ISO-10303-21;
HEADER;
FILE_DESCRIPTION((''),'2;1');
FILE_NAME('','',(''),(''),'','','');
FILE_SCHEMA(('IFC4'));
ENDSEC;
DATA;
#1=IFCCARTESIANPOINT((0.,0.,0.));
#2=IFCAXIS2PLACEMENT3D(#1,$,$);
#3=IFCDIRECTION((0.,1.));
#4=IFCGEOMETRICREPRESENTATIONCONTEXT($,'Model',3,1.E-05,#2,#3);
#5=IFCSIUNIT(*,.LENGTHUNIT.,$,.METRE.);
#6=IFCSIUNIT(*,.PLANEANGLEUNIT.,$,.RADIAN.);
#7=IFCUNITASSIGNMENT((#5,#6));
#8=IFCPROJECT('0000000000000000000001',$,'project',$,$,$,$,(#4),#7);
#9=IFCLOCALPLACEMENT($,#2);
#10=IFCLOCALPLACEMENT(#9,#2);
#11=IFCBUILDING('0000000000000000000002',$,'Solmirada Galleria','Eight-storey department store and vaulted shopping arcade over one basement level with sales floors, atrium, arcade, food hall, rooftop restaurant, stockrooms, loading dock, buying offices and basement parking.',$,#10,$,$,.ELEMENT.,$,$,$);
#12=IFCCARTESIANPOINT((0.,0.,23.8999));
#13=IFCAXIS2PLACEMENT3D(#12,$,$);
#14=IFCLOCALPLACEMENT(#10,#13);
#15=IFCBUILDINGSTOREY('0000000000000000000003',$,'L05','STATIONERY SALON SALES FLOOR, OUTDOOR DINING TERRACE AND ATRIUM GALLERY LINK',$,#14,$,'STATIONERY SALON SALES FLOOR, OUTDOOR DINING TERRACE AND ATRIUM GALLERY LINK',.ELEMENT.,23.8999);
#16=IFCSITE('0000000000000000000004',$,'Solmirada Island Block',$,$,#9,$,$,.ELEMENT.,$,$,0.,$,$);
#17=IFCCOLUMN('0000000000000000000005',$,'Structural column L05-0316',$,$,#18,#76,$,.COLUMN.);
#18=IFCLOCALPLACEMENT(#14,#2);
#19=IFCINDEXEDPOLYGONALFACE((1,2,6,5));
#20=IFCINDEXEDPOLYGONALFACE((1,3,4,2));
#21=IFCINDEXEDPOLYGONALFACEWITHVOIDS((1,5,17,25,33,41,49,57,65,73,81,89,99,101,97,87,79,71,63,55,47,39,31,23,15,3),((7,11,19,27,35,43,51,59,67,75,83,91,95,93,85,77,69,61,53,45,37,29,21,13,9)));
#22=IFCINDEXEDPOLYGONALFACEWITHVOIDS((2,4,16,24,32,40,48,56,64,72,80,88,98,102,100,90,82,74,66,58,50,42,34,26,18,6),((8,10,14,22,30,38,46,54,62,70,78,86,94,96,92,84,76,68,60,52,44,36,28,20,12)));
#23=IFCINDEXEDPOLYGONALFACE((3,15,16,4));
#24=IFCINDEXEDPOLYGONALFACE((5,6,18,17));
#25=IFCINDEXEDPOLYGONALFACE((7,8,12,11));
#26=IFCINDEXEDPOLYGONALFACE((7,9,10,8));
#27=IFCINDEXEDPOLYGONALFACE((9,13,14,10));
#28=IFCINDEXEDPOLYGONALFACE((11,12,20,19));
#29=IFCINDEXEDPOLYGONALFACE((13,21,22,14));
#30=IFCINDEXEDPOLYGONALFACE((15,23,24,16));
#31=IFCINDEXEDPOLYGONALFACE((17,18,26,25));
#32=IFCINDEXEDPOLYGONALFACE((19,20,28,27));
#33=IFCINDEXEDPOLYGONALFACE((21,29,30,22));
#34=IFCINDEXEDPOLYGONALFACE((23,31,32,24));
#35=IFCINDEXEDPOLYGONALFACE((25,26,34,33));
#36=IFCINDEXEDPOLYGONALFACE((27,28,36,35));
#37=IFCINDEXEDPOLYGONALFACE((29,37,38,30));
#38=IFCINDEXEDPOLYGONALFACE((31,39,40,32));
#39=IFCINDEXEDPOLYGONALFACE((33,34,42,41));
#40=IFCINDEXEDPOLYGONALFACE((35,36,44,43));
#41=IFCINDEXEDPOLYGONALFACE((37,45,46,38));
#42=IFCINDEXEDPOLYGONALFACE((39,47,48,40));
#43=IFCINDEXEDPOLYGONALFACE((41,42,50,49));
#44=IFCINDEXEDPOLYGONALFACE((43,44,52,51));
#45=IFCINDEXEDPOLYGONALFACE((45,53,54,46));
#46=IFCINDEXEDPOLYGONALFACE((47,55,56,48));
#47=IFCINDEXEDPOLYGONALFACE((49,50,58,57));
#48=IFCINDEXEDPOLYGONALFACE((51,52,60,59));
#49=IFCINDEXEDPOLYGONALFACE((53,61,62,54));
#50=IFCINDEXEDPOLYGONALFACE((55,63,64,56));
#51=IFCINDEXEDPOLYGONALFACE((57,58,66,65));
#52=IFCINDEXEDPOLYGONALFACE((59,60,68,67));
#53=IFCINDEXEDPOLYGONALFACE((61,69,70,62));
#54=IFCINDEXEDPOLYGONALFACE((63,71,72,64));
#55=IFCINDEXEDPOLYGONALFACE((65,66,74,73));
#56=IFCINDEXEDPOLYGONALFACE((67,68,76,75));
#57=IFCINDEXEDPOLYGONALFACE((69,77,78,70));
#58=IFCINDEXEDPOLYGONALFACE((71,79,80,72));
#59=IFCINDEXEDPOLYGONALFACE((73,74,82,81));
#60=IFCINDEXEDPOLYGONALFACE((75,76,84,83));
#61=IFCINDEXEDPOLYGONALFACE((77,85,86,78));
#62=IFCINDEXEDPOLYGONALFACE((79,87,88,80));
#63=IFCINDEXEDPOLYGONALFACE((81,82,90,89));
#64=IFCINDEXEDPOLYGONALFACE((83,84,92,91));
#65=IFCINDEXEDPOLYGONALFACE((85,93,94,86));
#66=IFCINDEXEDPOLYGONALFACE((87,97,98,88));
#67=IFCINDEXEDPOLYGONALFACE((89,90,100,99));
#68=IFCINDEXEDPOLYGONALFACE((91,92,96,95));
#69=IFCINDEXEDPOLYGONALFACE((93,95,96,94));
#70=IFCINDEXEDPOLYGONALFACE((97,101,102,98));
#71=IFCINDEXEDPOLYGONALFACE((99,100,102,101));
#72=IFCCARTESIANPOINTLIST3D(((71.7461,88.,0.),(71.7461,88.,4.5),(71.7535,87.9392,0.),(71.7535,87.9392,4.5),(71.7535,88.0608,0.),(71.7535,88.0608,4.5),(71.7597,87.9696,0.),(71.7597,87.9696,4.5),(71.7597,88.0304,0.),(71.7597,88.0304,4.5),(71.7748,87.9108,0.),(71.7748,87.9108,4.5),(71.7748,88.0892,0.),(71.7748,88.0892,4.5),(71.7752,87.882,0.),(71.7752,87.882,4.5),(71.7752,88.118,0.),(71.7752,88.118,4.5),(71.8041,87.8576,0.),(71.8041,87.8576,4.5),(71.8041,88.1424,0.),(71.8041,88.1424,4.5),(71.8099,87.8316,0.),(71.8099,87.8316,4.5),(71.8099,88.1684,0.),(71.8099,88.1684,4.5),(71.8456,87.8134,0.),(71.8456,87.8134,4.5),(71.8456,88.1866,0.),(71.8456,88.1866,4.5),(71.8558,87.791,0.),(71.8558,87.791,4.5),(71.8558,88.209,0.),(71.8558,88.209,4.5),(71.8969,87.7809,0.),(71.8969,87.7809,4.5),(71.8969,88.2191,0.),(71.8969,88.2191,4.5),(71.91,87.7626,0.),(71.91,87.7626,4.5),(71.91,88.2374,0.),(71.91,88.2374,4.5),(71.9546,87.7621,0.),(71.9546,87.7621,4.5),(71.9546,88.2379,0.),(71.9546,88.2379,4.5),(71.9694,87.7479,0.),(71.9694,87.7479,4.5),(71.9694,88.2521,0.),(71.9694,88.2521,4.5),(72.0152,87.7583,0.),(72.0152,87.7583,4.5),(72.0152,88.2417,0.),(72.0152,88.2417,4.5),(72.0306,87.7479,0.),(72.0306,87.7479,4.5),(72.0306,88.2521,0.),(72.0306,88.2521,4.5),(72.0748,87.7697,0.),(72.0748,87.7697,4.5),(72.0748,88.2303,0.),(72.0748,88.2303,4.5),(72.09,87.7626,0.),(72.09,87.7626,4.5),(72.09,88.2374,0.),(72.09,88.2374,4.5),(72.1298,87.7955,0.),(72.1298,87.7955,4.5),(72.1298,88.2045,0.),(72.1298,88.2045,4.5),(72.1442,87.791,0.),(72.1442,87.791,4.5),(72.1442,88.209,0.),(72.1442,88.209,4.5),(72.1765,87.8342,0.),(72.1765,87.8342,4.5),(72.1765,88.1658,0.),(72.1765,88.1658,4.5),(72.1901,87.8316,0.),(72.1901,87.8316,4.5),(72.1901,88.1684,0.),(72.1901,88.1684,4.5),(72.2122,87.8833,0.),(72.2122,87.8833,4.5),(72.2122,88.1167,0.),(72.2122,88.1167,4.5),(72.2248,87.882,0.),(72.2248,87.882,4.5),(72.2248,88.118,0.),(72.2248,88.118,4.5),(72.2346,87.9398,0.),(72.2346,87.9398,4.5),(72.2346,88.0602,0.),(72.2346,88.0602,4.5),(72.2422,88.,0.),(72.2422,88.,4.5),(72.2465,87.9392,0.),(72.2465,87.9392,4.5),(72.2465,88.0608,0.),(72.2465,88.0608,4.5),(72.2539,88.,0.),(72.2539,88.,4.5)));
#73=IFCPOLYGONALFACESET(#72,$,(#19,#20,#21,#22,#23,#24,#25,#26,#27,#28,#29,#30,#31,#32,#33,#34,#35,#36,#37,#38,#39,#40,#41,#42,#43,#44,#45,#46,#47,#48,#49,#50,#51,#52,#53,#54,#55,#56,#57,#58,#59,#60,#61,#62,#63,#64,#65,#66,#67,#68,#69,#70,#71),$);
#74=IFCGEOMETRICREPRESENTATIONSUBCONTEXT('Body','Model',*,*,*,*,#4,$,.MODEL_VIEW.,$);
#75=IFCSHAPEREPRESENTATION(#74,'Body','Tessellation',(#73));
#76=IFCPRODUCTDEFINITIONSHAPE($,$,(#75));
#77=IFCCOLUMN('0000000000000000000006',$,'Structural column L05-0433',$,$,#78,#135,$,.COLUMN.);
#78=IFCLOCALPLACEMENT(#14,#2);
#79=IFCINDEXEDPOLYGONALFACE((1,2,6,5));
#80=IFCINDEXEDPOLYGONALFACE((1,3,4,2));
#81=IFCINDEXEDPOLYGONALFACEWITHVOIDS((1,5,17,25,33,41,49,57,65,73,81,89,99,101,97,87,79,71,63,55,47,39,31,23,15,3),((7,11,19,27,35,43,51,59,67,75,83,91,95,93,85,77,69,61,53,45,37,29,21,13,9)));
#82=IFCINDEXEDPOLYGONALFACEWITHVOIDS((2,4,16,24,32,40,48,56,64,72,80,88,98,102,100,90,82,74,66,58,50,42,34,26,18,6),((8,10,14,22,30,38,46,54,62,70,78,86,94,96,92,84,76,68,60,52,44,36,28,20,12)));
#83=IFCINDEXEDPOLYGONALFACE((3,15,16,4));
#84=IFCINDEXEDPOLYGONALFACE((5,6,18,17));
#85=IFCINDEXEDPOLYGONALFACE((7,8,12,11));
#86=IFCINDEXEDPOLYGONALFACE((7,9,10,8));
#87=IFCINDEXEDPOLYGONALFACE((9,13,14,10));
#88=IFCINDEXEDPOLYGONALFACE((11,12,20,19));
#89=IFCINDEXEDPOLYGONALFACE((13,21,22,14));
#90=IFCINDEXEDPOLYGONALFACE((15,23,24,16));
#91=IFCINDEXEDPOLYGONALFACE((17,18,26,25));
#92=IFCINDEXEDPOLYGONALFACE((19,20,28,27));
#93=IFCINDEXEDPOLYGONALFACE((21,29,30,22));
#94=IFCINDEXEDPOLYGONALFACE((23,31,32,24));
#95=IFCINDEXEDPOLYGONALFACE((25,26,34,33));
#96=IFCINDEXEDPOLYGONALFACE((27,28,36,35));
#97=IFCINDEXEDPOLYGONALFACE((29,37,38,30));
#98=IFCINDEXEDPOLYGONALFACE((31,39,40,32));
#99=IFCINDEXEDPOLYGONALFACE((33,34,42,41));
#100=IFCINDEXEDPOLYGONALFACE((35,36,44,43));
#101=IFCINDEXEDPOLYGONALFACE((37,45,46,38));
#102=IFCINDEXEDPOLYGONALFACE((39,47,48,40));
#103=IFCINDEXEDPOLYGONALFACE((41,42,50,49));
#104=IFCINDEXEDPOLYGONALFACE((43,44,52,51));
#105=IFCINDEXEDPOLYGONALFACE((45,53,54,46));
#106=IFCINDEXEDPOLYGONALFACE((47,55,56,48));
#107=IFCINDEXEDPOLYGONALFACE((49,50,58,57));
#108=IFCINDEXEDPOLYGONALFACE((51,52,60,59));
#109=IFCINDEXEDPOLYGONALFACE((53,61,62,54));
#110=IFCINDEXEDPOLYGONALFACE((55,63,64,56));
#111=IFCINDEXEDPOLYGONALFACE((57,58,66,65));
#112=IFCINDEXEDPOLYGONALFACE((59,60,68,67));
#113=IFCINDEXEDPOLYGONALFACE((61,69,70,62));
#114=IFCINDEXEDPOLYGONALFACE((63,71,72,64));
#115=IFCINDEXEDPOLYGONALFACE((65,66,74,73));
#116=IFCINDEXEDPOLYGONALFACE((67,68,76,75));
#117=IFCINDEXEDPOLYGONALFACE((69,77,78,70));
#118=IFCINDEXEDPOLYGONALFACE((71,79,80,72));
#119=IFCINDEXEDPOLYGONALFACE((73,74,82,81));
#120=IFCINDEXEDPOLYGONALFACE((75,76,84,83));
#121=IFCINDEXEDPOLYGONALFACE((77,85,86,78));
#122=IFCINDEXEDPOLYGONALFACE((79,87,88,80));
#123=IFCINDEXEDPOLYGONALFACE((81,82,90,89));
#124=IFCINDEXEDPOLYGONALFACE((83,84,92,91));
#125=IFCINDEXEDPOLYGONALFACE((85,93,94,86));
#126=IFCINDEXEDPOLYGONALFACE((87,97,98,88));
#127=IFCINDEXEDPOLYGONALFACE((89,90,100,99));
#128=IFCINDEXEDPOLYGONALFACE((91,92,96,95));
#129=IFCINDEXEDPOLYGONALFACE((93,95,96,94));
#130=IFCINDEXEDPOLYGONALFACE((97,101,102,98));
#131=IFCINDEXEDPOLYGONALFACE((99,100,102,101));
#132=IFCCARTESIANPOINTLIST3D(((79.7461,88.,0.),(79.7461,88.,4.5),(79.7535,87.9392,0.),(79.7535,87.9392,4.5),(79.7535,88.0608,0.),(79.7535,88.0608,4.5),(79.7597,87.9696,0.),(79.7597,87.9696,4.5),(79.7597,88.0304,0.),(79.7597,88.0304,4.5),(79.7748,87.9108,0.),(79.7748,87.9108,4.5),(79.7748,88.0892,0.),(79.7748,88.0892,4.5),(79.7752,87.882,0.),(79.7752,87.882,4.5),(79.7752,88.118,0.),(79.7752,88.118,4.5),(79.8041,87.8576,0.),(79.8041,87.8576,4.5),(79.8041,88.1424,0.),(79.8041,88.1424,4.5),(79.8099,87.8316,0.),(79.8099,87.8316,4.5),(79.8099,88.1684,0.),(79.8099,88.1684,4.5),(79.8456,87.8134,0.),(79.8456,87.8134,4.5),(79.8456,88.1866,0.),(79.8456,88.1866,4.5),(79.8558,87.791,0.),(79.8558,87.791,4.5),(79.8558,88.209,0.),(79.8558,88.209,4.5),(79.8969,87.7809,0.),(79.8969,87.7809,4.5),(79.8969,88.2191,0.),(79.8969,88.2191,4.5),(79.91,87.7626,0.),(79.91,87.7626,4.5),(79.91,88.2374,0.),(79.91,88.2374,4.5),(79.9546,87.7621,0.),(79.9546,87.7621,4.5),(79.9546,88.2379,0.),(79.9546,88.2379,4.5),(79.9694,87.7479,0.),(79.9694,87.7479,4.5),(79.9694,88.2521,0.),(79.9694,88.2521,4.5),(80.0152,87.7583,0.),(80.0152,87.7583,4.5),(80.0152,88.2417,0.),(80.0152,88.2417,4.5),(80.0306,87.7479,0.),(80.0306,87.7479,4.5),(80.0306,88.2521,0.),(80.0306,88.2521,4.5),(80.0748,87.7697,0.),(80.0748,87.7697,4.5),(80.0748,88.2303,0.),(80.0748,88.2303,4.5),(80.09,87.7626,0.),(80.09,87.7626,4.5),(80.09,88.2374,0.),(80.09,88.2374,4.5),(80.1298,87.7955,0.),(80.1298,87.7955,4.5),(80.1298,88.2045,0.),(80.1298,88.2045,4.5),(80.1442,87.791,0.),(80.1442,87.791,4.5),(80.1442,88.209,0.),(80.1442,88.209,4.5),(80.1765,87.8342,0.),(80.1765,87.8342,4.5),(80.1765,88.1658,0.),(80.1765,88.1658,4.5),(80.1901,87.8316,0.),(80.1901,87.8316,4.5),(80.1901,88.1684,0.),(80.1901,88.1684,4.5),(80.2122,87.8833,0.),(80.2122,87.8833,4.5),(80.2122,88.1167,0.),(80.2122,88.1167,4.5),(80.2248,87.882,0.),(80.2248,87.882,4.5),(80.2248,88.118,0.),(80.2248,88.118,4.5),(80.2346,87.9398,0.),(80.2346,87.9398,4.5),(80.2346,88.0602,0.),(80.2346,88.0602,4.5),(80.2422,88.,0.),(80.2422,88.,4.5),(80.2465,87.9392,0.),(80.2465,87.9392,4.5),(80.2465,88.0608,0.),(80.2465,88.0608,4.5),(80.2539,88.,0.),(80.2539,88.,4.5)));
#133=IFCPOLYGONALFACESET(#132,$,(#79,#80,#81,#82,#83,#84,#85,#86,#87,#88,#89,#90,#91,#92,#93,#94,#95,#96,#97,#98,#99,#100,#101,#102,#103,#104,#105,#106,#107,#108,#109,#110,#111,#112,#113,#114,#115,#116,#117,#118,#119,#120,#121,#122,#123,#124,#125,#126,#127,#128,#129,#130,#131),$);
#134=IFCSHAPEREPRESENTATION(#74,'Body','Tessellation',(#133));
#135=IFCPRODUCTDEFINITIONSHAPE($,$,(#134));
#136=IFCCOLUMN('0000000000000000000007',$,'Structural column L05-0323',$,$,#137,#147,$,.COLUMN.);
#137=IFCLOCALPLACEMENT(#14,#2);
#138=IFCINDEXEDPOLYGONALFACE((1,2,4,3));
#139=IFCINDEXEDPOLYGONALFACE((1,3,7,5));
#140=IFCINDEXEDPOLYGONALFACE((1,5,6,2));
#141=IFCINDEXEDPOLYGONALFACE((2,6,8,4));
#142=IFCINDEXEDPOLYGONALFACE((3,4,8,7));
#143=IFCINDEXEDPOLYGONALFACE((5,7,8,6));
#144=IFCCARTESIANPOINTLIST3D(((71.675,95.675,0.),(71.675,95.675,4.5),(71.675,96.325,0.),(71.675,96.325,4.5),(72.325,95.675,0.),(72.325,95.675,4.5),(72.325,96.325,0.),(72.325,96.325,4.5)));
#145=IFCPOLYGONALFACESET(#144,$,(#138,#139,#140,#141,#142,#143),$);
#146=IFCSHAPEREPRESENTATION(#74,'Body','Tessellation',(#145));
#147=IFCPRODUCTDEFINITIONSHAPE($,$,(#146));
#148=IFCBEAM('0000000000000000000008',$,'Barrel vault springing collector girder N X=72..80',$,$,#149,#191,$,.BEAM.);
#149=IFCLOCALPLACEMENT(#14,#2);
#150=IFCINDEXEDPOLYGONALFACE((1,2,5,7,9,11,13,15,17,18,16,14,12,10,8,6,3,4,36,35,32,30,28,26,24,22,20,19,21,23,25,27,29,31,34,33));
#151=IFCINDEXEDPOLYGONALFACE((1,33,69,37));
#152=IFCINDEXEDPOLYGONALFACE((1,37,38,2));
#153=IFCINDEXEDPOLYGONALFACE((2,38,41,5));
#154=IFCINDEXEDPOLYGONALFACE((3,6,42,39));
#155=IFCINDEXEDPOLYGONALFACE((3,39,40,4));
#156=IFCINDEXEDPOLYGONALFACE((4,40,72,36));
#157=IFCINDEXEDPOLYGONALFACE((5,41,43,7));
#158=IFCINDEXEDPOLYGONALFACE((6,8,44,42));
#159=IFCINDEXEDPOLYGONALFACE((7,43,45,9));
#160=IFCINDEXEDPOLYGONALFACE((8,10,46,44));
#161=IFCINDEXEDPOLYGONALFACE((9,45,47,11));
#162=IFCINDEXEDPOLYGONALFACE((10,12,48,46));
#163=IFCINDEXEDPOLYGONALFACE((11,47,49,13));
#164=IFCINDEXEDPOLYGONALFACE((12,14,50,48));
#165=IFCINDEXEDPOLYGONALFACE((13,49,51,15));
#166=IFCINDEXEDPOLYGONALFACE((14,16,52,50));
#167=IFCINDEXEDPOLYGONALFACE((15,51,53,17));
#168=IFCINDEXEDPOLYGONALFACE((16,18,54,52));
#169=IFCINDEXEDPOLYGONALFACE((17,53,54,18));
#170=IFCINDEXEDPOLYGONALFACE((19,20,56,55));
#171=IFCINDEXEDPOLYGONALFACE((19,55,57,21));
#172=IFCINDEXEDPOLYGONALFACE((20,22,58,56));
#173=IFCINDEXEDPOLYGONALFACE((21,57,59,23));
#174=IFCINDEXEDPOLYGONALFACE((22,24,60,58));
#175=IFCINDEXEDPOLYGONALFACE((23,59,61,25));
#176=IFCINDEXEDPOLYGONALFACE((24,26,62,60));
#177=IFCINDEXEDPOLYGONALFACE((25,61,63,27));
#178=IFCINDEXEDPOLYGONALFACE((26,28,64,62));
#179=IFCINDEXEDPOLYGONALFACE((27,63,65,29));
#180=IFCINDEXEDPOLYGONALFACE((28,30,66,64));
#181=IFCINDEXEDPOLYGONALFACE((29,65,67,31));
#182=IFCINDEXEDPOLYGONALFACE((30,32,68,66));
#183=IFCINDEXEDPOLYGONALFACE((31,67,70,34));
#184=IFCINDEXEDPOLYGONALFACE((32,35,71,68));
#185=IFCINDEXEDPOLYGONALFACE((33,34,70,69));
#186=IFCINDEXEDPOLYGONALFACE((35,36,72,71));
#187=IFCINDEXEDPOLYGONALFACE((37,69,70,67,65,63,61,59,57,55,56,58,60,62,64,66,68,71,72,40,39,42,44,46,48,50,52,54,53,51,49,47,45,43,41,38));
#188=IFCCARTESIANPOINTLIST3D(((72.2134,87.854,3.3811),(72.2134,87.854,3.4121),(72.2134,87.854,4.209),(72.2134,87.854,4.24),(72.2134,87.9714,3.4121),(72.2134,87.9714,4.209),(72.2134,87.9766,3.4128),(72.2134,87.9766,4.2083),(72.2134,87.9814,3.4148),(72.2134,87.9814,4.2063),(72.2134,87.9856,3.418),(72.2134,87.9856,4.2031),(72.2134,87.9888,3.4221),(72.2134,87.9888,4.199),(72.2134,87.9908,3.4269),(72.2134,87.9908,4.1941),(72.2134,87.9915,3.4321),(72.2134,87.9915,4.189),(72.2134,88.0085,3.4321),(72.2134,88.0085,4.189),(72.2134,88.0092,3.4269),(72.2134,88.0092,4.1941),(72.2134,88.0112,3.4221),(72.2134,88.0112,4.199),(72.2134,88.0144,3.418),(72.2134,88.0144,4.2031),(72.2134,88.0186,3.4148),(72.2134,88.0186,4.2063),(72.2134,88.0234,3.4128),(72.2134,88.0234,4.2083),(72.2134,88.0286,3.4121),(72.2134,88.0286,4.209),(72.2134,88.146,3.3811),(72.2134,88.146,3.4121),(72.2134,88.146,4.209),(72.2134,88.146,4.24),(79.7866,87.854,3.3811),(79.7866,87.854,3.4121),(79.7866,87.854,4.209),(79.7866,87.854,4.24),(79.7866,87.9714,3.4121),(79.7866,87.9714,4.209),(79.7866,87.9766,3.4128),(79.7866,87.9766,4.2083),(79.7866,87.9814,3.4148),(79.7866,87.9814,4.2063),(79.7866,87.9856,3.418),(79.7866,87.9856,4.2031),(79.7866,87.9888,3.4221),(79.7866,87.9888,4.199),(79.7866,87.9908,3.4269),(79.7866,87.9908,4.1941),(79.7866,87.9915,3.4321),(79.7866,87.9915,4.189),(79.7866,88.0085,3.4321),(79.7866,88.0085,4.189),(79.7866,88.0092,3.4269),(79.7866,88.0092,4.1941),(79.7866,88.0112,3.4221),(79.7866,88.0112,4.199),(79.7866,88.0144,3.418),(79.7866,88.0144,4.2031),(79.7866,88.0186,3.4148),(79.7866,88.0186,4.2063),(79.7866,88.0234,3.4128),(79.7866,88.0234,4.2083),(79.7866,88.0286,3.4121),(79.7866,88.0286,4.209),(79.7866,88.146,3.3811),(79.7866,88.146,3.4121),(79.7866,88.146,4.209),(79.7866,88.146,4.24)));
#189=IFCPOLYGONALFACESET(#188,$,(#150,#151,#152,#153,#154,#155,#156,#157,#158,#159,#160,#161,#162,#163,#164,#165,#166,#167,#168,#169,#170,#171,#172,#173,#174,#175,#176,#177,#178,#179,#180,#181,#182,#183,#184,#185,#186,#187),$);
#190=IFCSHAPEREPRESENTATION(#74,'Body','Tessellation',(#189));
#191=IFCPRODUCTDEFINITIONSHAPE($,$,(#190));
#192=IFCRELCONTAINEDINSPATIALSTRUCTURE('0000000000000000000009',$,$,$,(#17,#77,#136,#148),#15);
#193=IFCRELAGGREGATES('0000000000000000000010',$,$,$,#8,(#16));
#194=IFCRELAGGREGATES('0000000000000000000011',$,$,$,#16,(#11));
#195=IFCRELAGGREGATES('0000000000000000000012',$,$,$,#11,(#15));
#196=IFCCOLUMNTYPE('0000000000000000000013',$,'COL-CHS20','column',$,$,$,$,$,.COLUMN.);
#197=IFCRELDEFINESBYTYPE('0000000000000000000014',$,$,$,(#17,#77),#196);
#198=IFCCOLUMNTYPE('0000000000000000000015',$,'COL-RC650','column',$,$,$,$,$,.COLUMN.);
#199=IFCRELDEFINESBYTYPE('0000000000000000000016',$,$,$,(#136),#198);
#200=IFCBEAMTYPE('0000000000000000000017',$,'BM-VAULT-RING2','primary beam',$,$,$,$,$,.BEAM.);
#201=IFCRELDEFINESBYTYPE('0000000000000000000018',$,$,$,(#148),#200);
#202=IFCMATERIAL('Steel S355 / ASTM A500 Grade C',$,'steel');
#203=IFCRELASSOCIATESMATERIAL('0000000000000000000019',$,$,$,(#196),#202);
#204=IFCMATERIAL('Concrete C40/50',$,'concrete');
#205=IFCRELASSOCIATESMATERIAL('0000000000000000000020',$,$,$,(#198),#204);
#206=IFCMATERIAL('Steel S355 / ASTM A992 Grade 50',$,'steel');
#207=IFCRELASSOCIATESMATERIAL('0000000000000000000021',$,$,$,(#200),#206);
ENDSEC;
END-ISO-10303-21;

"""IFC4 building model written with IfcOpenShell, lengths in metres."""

from ifc_helpers import new_model, si_unit, direction, frame, origin, origin_2d, place, context, subcontext, project, spatial, rectangle, hollow_circle, i_section, extrude, material, material_profile, profile_set, type_object, element, save


model = new_model("IFC4")

# Units and contexts
model_context = context("Model", 3, precision=1e-05, world=origin(), true_north=direction((0.0, 1.0)))
body_context = subcontext(model_context, "Body", "Model", "MODEL_VIEW")
ifc_project = project(units=[si_unit("LENGTHUNIT", "METRE"), si_unit("PLANEANGLEUNIT", "RADIAN")], contexts=[model_context])

# Site, building, storey
site_placement = place(None, origin())
site = spatial("IfcSite", under=ifc_project, at=site_placement, Name="Solmirada Island Block", CompositionType="ELEMENT", RefElevation=0.0)
building_placement = place(site_placement, origin())
building = spatial("IfcBuilding", under=site, at=building_placement, Name="Solmirada Galleria", Description="Eight-storey department store and vaulted shopping arcade over one basement level with sales floors, atrium, arcade, food hall, rooftop restaurant, stockrooms, loading dock, buying offices and basement parking.", CompositionType="ELEMENT")
storey_placement = place(building_placement, frame((0.0, 0.0, 23.8999)))
storey = spatial("IfcBuildingStorey", under=building, at=storey_placement, Name="L05", Description="STATIONERY SALON SALES FLOOR, OUTDOOR DINING TERRACE AND ATRIUM GALLERY LINK", LongName="STATIONERY SALON SALES FLOOR, OUTDOOR DINING TERRACE AND ATRIUM GALLERY LINK", CompositionType="ELEMENT", Elevation=23.8999)

# Columns
ifc_material_1 = material(Name="Steel S355 / ASTM A500 Grade C", Category="steel")
ifc_material_profile_1 = material_profile(ifc_material_1, hollow_circle(Radius=0.2539, WallThickness=0.0117, at=origin_2d()), Name="HSS20.000X0.500")
ifc_profile_set_1 = profile_set([ifc_material_profile_1], Name="Steel S355 / ASTM A500 Grade C")
column_type_1 = type_object("IfcColumnType", Name="COL-CHS20", Description="column", PredefinedType="COLUMN", material=ifc_profile_set_1)
for number, where, z_axis, x_axis, name in (
    (1, (72.0, 88.0, 0.0), (0.0, 0.0, 1.0), (1.0, 0.0, 0.0), "Structural column L05-0316"),
    (2, (80.0, 88.0, 0.0), (0.0, 0.0, 1.0), (1.0, 0.0, 0.0), "Structural column L05-0433"),
):
    element("IfcColumn", number, at=place(storey_placement, frame(where, z_axis=z_axis, x_axis=x_axis)), inside=storey, type_object=column_type_1, Name=name, PredefinedType="COLUMN", context=body_context, shape_type="SweptSolid", body=[
        extrude(hollow_circle(Radius=0.2539, WallThickness=0.0117, at=origin_2d()), origin(), (0.0, 0.0, 1.0), 4.5),
    ])
ifc_material_2 = material(Name="Concrete C40/50", Category="concrete")
ifc_material_profile_2 = material_profile(ifc_material_2, rectangle(XDim=0.6499, YDim=0.6499, at=origin_2d()), Name="RC650X650")
ifc_profile_set_2 = profile_set([ifc_material_profile_2], Name="Concrete C40/50")
column_type_2 = type_object("IfcColumnType", Name="COL-RC650", Description="column", PredefinedType="COLUMN", material=ifc_profile_set_2)
column_placement = place(storey_placement, frame((72.0, 96.0, 0.0), z_axis=(0.0, 0.0, 1.0), x_axis=(1.0, 0.0, 0.0)))
element("IfcColumn", 3, at=column_placement, inside=storey, type_object=column_type_2, Name="Structural column L05-0323", PredefinedType="COLUMN", context=body_context, shape_type="SweptSolid", body=[
    extrude(rectangle(XDim=0.6499, YDim=0.6499, at=origin_2d()), origin(), (0.0, 0.0, 1.0), 4.5),
])

# Beam
ifc_material_3 = material(Name="Steel S355 / ASTM A992 Grade 50", Category="steel")
ifc_material_profile_3 = material_profile(ifc_material_3, i_section(OverallWidth=0.292, OverallDepth=0.8589, WebThickness=0.0171, FlangeThickness=0.031, FilletRadius=0.02, at=origin_2d()), Name="W33X169")
ifc_profile_set_3 = profile_set([ifc_material_profile_3], Name="Steel S355 / ASTM A992 Grade 50")
beam_type = type_object("IfcBeamType", Name="BM-VAULT-RING2", Description="primary beam", PredefinedType="BEAM", material=ifc_profile_set_3)
beam_placement = place(storey_placement, frame((72.2134, 88.0, 3.8105), z_axis=(1.0, 0.0, 0.0), x_axis=(0.0, 1.0, 0.0)))
element("IfcBeam", 4, at=beam_placement, inside=storey, type_object=beam_type, Name="Barrel vault springing collector girder N X=72..80", PredefinedType="BEAM", context=body_context, shape_type="SweptSolid", body=[
    extrude(i_section(OverallWidth=0.292, OverallDepth=0.8589, WebThickness=0.0171, FlangeThickness=0.031, FilletRadius=0.02, at=origin_2d()), origin(), (0.0, 0.0, 1.0), 7.5732),
])

save(model, "model.ifc")
